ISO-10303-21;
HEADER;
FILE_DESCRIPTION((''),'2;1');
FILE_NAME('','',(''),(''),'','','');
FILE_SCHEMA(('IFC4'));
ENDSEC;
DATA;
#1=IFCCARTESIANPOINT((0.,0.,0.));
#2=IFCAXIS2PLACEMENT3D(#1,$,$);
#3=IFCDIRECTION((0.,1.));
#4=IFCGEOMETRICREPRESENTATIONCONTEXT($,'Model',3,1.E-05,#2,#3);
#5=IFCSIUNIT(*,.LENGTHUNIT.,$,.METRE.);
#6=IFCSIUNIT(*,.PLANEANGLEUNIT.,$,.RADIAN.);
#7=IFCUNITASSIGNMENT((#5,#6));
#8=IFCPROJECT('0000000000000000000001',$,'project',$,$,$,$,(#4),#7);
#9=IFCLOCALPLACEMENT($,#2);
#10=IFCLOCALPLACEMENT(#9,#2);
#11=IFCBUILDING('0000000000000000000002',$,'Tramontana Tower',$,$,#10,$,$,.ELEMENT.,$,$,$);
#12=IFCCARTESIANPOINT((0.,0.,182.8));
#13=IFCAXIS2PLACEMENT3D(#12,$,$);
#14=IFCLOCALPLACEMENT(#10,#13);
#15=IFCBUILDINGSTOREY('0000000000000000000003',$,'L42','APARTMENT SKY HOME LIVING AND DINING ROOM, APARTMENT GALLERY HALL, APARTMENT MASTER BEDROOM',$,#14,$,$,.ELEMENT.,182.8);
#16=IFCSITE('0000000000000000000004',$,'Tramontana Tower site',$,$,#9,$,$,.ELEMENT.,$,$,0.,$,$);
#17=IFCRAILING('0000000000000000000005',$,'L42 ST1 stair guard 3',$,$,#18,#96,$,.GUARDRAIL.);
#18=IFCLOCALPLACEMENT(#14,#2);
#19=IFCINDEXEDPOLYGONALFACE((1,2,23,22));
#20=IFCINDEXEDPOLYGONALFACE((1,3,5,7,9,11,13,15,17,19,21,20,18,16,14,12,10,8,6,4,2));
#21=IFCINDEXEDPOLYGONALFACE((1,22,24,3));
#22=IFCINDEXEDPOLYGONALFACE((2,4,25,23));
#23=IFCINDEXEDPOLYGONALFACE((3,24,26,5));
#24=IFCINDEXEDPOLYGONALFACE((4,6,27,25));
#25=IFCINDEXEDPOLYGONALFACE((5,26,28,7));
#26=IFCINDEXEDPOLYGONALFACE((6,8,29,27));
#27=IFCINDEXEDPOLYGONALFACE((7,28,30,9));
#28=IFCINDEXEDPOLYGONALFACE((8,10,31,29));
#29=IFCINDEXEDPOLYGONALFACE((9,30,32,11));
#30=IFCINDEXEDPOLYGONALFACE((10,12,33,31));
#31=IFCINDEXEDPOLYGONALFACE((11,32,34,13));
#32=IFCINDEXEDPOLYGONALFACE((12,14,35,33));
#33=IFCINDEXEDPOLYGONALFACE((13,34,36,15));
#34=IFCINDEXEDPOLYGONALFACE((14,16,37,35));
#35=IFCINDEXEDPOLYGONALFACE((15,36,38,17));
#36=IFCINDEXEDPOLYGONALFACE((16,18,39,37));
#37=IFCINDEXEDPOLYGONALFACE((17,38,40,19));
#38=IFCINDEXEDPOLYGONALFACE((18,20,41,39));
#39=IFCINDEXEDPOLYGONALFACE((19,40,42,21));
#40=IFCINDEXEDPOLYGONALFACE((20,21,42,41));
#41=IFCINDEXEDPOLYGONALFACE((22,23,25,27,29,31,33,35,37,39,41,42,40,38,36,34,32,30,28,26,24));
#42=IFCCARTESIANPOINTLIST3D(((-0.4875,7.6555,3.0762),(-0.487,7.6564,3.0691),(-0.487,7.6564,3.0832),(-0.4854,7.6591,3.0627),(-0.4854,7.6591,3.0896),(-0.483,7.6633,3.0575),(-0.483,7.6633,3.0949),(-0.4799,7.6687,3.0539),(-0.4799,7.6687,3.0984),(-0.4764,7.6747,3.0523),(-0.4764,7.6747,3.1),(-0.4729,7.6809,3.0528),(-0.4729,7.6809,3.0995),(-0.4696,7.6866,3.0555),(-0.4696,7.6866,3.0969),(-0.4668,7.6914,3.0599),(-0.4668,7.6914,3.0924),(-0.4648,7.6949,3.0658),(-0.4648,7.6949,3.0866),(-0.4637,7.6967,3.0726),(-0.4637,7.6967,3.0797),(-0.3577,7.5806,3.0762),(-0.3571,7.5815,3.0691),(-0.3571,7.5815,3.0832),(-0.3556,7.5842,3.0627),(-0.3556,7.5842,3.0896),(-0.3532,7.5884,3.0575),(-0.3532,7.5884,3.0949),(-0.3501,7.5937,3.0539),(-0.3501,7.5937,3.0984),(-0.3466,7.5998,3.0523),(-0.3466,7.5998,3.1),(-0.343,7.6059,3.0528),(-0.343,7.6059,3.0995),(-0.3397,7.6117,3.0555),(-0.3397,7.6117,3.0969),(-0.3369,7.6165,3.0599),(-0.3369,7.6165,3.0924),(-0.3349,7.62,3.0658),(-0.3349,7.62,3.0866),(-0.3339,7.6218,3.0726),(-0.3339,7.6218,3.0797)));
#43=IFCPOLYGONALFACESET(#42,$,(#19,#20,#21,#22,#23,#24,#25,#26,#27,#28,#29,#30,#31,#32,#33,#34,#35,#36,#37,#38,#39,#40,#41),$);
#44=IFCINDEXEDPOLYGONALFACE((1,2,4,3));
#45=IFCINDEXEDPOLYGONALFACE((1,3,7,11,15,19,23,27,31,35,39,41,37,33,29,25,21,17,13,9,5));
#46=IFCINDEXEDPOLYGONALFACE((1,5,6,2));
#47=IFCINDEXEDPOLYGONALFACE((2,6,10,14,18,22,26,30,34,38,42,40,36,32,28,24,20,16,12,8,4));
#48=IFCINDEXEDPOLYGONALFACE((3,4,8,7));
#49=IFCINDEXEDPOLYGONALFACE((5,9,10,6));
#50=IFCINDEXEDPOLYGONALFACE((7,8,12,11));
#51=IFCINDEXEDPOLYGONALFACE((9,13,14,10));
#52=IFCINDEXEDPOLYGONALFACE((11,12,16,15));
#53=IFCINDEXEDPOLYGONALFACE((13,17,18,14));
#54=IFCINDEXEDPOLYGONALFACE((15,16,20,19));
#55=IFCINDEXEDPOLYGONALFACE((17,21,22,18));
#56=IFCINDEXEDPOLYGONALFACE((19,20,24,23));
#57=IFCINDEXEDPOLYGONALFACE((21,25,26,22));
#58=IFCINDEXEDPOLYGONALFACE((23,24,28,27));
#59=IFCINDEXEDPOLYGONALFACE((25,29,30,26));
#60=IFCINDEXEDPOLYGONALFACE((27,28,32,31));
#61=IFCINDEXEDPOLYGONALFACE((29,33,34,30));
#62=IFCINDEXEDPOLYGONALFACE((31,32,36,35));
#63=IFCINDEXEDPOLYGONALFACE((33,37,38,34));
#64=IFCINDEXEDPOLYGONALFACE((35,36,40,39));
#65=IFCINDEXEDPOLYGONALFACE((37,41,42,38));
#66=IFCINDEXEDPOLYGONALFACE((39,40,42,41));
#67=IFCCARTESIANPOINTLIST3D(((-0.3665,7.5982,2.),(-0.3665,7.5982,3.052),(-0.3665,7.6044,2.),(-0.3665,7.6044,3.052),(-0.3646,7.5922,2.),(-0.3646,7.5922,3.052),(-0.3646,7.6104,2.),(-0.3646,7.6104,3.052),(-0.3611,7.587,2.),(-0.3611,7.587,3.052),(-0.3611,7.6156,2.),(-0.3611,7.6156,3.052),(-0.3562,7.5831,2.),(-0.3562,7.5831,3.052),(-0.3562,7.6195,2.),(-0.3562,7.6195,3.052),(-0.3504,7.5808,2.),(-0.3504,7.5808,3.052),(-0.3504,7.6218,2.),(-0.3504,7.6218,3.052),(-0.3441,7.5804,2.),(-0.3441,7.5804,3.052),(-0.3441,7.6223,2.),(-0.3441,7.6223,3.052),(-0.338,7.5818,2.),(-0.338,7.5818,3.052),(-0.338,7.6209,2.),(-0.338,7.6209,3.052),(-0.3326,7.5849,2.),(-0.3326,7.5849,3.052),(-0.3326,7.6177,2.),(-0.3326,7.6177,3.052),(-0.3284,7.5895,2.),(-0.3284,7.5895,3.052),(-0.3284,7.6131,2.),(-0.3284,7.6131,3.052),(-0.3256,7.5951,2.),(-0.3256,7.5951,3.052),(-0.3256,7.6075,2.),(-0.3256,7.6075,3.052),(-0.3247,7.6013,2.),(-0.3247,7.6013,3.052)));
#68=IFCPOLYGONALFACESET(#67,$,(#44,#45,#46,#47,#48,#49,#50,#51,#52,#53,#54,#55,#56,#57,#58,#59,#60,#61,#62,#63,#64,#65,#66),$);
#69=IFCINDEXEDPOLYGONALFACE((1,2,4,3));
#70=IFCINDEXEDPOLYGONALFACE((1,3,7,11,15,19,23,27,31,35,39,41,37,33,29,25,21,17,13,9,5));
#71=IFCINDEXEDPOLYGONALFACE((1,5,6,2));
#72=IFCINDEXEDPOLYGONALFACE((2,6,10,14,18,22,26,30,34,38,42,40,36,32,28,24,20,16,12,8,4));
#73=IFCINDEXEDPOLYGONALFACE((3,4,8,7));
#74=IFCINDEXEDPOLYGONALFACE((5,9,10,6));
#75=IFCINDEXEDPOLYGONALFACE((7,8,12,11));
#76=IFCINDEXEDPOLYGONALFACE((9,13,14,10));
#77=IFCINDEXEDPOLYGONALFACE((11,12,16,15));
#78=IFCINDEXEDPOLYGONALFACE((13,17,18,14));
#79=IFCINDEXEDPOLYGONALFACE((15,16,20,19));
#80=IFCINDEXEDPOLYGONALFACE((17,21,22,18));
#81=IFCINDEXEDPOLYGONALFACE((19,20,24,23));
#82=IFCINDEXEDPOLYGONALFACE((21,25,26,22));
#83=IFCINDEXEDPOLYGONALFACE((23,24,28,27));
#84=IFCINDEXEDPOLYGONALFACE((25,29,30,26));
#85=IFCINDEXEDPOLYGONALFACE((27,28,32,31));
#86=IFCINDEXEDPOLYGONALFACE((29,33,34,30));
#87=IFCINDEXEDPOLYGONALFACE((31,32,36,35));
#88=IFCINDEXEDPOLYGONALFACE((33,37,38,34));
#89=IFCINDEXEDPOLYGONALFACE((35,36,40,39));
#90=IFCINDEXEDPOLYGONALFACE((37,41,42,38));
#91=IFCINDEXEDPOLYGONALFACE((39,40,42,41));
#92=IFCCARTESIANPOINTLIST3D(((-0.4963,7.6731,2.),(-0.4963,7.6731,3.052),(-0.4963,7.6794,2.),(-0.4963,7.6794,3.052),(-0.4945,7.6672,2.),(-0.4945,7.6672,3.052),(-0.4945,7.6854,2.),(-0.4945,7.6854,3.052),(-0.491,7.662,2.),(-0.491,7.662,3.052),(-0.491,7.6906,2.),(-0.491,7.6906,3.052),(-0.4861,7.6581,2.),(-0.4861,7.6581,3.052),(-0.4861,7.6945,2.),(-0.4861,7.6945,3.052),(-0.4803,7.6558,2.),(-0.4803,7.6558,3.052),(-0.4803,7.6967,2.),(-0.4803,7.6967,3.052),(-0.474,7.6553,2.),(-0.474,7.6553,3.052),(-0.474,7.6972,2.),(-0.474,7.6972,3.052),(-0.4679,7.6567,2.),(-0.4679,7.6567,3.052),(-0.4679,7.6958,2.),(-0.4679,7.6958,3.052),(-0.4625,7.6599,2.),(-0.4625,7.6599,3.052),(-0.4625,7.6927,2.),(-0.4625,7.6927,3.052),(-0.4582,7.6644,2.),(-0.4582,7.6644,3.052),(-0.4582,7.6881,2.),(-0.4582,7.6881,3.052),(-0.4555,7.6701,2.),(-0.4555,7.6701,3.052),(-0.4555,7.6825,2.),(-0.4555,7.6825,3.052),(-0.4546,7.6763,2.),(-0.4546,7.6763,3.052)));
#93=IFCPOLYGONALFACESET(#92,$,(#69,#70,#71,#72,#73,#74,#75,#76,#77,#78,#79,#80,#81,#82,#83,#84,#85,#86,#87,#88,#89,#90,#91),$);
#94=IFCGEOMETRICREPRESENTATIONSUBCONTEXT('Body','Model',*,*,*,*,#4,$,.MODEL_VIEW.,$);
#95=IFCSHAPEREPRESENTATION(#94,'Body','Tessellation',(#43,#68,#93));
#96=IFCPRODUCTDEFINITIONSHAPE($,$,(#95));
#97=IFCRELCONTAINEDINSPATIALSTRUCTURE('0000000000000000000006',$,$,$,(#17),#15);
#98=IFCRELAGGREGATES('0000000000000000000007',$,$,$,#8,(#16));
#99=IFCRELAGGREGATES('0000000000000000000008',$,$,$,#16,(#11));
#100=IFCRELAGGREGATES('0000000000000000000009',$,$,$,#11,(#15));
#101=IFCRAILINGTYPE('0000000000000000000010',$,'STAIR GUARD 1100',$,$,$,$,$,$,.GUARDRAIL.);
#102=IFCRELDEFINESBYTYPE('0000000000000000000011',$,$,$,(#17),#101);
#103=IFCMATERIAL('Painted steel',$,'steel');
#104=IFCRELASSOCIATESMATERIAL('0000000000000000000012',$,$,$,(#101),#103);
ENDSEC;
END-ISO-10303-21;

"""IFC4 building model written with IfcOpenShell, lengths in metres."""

from ifc_helpers import new_model, si_unit, direction, frame, origin, origin_2d, place, context, subcontext, project, spatial, circle, extrude, material, type_object, element, save


model = new_model("IFC4")

# Units and contexts
model_context = context("Model", 3, precision=1e-05, world=origin(), true_north=direction((0.0, 1.0)))
body_context = subcontext(model_context, "Body", "Model", "MODEL_VIEW")
ifc_project = project(units=[si_unit("LENGTHUNIT", "METRE"), si_unit("PLANEANGLEUNIT", "RADIAN")], contexts=[model_context])

# Site, building, storey
site_placement = place(None, origin())
site = spatial("IfcSite", under=ifc_project, at=site_placement, Name="Tramontana Tower site", CompositionType="ELEMENT", RefElevation=0.0)
building_placement = place(site_placement, origin())
building = spatial("IfcBuilding", under=site, at=building_placement, Name="Tramontana Tower", CompositionType="ELEMENT")
storey_placement = place(building_placement, frame((0.0, 0.0, 182.8)))
storey = spatial("IfcBuildingStorey", under=building, at=storey_placement, Name="L42", Description="APARTMENT SKY HOME LIVING AND DINING ROOM, APARTMENT GALLERY HALL, APARTMENT MASTER BEDROOM", CompositionType="ELEMENT", Elevation=182.8)

# Railing
ifc_material_1 = material(Name="Painted steel", Category="steel")
railing_type = type_object("IfcRailingType", Name="STAIR GUARD 1100", PredefinedType="GUARDRAIL", material=ifc_material_1)
railing_1_placement = place(storey_placement, frame((-0.3457, 7.6013, 2.0)))
element("IfcRailing", 1, at=railing_1_placement, inside=storey, type_object=railing_type, Name="L42 ST1 stair guard 3", PredefinedType="GUARDRAIL", context=body_context, shape_type="SweptSolid", body=[
    extrude(circle(Radius=0.0239, at=origin_2d()), frame((0.0, 0.0, 1.0762), z_axis=(-0.866131, 0.499816, 0.0), x_axis=(-0.499816, -0.866131, 0.0)), (0.0, 0.0, 1.0), 0.1499),
    extrude(circle(Radius=0.021, at=origin_2d()), origin(), (0.0, 0.0, 1.0), 1.052),
    extrude(circle(Radius=0.021, at=origin_2d()), frame((-0.1299, 0.075, 0.0)), (0.0, 0.0, 1.0), 1.052),
])

save(model, "model.ifc")
